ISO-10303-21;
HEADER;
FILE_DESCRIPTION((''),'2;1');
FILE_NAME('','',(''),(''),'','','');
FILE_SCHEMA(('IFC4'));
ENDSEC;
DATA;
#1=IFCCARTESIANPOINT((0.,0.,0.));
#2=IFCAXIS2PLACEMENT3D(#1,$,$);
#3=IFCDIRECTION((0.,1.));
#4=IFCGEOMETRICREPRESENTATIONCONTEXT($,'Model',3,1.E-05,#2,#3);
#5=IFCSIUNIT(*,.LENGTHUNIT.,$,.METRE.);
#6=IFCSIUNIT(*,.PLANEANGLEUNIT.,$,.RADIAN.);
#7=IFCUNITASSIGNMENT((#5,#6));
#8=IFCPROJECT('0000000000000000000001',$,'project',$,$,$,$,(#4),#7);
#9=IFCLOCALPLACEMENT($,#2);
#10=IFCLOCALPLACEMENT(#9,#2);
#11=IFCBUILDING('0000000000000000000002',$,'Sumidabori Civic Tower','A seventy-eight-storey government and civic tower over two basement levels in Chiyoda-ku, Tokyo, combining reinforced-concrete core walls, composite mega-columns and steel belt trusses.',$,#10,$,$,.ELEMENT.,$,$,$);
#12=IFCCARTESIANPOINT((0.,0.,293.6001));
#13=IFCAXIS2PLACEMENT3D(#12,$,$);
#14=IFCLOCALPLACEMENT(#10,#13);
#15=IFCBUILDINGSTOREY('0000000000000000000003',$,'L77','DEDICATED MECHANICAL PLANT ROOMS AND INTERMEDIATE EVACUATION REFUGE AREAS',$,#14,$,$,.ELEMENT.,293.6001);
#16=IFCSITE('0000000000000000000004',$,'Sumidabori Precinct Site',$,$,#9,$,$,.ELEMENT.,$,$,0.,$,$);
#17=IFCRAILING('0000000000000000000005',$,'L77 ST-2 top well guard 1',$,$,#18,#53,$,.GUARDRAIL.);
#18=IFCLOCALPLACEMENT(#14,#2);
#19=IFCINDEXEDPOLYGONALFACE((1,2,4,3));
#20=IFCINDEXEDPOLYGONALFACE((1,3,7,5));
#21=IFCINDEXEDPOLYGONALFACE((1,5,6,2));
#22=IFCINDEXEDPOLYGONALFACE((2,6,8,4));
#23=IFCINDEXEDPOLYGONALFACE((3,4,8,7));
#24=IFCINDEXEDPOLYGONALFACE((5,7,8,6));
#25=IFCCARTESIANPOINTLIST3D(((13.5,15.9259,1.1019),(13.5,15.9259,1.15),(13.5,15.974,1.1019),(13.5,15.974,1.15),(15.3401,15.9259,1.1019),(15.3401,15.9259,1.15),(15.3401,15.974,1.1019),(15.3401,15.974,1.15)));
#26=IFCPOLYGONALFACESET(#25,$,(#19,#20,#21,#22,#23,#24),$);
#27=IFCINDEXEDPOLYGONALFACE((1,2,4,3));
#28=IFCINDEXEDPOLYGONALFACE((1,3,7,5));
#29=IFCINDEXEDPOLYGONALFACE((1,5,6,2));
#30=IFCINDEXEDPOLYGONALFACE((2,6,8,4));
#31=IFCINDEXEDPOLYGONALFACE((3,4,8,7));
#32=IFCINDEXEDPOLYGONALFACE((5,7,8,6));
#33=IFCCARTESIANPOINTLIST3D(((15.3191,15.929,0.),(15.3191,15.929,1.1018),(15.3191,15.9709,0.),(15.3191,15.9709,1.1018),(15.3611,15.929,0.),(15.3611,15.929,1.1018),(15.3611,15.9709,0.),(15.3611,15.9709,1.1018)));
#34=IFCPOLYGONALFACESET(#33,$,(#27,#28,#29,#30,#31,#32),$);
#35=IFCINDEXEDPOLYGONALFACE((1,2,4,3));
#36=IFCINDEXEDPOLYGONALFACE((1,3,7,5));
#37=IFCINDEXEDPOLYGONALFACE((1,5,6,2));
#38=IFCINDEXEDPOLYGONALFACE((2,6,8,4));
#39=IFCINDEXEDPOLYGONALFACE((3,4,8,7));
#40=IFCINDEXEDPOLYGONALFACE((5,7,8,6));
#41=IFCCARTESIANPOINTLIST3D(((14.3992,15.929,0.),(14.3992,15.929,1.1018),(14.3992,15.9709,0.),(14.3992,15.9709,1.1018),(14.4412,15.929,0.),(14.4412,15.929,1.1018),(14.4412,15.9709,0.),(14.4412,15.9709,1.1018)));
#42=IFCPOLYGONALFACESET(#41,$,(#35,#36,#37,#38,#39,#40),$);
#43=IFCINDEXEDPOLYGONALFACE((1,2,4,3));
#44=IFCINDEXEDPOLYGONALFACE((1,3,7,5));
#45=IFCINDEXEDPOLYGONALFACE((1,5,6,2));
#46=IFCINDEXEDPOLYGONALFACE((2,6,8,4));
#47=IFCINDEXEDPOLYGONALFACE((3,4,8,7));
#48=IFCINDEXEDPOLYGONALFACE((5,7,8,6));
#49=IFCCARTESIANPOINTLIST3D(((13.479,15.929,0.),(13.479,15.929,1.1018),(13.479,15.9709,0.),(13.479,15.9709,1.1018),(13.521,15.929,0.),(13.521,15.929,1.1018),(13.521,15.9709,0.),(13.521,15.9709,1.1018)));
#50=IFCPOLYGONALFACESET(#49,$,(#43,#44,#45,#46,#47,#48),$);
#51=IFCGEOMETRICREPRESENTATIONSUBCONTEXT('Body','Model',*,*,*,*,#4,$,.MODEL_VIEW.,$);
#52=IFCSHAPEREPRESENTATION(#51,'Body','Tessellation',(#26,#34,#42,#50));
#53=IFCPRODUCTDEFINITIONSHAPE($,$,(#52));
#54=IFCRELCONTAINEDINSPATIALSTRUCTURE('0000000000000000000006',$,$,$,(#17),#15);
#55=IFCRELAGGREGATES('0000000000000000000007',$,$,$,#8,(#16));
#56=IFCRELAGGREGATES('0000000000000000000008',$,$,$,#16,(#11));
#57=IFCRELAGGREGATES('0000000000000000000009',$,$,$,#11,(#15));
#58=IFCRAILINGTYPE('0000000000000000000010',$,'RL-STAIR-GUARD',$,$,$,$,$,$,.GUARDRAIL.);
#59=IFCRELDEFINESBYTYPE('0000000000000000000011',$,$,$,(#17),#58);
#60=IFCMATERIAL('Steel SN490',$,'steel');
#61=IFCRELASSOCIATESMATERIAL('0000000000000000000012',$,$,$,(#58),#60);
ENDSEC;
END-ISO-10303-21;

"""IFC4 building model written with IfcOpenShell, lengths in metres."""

from ifc_helpers import new_model, si_unit, direction, frame, origin, origin_2d, place, context, subcontext, project, spatial, rectangle, extrude, material, type_object, element, save


model = new_model("IFC4")

# Units and contexts
model_context = context("Model", 3, precision=1e-05, world=origin(), true_north=direction((0.0, 1.0)))
body_context = subcontext(model_context, "Body", "Model", "MODEL_VIEW")
ifc_project = project(units=[si_unit("LENGTHUNIT", "METRE"), si_unit("PLANEANGLEUNIT", "RADIAN")], contexts=[model_context])

# Site, building, storey
site_placement = place(None, origin())
site = spatial("IfcSite", under=ifc_project, at=site_placement, Name="Sumidabori Precinct Site", CompositionType="ELEMENT", RefElevation=0.0)
building_placement = place(site_placement, origin())
building = spatial("IfcBuilding", under=site, at=building_placement, Name="Sumidabori Civic Tower", Description="A seventy-eight-storey government and civic tower over two basement levels in Chiyoda-ku, Tokyo, combining reinforced-concrete core walls, composite mega-columns and steel belt trusses.", CompositionType="ELEMENT")
storey_placement = place(building_placement, frame((0.0, 0.0, 293.6001)))
storey = spatial("IfcBuildingStorey", under=building, at=storey_placement, Name="L77", Description="DEDICATED MECHANICAL PLANT ROOMS AND INTERMEDIATE EVACUATION REFUGE AREAS", CompositionType="ELEMENT", Elevation=293.6001)

# Shared definitions
ifc_material_1 = material(Name="Steel SN490", Category="steel")

# Railing
railing_type = type_object("IfcRailingType", Name="RL-STAIR-GUARD", PredefinedType="GUARDRAIL", material=ifc_material_1)
railing_placement = place(storey_placement, frame((15.3401, 15.95, 0.0)))
element("IfcRailing", 1, at=railing_placement, inside=storey, type_object=railing_type, Name="L77 ST-2 top well guard 1", PredefinedType="GUARDRAIL", context=body_context, shape_type="SweptSolid", body=[
    extrude(rectangle(XDim=0.0481, YDim=0.0481, at=origin_2d()), frame((0.0, 0.0, 1.126), z_axis=(-1.0, 0.0, 0.0), x_axis=(0.0, -1.0, 0.0)), (0.0, 0.0, 1.0), 1.8401),
    extrude(rectangle(XDim=0.042, YDim=0.042, at=origin_2d()), origin(), (0.0, 0.0, 1.0), 1.1018),
    extrude(rectangle(XDim=0.042, YDim=0.042, at=origin_2d()), frame((-0.9199, 0.0, 0.0)), (0.0, 0.0, 1.0), 1.1018),
    extrude(rectangle(XDim=0.042, YDim=0.042, at=origin_2d()), frame((-1.8401, 0.0, 0.0)), (0.0, 0.0, 1.0), 1.1018),
])

save(model, "model.ifc")
